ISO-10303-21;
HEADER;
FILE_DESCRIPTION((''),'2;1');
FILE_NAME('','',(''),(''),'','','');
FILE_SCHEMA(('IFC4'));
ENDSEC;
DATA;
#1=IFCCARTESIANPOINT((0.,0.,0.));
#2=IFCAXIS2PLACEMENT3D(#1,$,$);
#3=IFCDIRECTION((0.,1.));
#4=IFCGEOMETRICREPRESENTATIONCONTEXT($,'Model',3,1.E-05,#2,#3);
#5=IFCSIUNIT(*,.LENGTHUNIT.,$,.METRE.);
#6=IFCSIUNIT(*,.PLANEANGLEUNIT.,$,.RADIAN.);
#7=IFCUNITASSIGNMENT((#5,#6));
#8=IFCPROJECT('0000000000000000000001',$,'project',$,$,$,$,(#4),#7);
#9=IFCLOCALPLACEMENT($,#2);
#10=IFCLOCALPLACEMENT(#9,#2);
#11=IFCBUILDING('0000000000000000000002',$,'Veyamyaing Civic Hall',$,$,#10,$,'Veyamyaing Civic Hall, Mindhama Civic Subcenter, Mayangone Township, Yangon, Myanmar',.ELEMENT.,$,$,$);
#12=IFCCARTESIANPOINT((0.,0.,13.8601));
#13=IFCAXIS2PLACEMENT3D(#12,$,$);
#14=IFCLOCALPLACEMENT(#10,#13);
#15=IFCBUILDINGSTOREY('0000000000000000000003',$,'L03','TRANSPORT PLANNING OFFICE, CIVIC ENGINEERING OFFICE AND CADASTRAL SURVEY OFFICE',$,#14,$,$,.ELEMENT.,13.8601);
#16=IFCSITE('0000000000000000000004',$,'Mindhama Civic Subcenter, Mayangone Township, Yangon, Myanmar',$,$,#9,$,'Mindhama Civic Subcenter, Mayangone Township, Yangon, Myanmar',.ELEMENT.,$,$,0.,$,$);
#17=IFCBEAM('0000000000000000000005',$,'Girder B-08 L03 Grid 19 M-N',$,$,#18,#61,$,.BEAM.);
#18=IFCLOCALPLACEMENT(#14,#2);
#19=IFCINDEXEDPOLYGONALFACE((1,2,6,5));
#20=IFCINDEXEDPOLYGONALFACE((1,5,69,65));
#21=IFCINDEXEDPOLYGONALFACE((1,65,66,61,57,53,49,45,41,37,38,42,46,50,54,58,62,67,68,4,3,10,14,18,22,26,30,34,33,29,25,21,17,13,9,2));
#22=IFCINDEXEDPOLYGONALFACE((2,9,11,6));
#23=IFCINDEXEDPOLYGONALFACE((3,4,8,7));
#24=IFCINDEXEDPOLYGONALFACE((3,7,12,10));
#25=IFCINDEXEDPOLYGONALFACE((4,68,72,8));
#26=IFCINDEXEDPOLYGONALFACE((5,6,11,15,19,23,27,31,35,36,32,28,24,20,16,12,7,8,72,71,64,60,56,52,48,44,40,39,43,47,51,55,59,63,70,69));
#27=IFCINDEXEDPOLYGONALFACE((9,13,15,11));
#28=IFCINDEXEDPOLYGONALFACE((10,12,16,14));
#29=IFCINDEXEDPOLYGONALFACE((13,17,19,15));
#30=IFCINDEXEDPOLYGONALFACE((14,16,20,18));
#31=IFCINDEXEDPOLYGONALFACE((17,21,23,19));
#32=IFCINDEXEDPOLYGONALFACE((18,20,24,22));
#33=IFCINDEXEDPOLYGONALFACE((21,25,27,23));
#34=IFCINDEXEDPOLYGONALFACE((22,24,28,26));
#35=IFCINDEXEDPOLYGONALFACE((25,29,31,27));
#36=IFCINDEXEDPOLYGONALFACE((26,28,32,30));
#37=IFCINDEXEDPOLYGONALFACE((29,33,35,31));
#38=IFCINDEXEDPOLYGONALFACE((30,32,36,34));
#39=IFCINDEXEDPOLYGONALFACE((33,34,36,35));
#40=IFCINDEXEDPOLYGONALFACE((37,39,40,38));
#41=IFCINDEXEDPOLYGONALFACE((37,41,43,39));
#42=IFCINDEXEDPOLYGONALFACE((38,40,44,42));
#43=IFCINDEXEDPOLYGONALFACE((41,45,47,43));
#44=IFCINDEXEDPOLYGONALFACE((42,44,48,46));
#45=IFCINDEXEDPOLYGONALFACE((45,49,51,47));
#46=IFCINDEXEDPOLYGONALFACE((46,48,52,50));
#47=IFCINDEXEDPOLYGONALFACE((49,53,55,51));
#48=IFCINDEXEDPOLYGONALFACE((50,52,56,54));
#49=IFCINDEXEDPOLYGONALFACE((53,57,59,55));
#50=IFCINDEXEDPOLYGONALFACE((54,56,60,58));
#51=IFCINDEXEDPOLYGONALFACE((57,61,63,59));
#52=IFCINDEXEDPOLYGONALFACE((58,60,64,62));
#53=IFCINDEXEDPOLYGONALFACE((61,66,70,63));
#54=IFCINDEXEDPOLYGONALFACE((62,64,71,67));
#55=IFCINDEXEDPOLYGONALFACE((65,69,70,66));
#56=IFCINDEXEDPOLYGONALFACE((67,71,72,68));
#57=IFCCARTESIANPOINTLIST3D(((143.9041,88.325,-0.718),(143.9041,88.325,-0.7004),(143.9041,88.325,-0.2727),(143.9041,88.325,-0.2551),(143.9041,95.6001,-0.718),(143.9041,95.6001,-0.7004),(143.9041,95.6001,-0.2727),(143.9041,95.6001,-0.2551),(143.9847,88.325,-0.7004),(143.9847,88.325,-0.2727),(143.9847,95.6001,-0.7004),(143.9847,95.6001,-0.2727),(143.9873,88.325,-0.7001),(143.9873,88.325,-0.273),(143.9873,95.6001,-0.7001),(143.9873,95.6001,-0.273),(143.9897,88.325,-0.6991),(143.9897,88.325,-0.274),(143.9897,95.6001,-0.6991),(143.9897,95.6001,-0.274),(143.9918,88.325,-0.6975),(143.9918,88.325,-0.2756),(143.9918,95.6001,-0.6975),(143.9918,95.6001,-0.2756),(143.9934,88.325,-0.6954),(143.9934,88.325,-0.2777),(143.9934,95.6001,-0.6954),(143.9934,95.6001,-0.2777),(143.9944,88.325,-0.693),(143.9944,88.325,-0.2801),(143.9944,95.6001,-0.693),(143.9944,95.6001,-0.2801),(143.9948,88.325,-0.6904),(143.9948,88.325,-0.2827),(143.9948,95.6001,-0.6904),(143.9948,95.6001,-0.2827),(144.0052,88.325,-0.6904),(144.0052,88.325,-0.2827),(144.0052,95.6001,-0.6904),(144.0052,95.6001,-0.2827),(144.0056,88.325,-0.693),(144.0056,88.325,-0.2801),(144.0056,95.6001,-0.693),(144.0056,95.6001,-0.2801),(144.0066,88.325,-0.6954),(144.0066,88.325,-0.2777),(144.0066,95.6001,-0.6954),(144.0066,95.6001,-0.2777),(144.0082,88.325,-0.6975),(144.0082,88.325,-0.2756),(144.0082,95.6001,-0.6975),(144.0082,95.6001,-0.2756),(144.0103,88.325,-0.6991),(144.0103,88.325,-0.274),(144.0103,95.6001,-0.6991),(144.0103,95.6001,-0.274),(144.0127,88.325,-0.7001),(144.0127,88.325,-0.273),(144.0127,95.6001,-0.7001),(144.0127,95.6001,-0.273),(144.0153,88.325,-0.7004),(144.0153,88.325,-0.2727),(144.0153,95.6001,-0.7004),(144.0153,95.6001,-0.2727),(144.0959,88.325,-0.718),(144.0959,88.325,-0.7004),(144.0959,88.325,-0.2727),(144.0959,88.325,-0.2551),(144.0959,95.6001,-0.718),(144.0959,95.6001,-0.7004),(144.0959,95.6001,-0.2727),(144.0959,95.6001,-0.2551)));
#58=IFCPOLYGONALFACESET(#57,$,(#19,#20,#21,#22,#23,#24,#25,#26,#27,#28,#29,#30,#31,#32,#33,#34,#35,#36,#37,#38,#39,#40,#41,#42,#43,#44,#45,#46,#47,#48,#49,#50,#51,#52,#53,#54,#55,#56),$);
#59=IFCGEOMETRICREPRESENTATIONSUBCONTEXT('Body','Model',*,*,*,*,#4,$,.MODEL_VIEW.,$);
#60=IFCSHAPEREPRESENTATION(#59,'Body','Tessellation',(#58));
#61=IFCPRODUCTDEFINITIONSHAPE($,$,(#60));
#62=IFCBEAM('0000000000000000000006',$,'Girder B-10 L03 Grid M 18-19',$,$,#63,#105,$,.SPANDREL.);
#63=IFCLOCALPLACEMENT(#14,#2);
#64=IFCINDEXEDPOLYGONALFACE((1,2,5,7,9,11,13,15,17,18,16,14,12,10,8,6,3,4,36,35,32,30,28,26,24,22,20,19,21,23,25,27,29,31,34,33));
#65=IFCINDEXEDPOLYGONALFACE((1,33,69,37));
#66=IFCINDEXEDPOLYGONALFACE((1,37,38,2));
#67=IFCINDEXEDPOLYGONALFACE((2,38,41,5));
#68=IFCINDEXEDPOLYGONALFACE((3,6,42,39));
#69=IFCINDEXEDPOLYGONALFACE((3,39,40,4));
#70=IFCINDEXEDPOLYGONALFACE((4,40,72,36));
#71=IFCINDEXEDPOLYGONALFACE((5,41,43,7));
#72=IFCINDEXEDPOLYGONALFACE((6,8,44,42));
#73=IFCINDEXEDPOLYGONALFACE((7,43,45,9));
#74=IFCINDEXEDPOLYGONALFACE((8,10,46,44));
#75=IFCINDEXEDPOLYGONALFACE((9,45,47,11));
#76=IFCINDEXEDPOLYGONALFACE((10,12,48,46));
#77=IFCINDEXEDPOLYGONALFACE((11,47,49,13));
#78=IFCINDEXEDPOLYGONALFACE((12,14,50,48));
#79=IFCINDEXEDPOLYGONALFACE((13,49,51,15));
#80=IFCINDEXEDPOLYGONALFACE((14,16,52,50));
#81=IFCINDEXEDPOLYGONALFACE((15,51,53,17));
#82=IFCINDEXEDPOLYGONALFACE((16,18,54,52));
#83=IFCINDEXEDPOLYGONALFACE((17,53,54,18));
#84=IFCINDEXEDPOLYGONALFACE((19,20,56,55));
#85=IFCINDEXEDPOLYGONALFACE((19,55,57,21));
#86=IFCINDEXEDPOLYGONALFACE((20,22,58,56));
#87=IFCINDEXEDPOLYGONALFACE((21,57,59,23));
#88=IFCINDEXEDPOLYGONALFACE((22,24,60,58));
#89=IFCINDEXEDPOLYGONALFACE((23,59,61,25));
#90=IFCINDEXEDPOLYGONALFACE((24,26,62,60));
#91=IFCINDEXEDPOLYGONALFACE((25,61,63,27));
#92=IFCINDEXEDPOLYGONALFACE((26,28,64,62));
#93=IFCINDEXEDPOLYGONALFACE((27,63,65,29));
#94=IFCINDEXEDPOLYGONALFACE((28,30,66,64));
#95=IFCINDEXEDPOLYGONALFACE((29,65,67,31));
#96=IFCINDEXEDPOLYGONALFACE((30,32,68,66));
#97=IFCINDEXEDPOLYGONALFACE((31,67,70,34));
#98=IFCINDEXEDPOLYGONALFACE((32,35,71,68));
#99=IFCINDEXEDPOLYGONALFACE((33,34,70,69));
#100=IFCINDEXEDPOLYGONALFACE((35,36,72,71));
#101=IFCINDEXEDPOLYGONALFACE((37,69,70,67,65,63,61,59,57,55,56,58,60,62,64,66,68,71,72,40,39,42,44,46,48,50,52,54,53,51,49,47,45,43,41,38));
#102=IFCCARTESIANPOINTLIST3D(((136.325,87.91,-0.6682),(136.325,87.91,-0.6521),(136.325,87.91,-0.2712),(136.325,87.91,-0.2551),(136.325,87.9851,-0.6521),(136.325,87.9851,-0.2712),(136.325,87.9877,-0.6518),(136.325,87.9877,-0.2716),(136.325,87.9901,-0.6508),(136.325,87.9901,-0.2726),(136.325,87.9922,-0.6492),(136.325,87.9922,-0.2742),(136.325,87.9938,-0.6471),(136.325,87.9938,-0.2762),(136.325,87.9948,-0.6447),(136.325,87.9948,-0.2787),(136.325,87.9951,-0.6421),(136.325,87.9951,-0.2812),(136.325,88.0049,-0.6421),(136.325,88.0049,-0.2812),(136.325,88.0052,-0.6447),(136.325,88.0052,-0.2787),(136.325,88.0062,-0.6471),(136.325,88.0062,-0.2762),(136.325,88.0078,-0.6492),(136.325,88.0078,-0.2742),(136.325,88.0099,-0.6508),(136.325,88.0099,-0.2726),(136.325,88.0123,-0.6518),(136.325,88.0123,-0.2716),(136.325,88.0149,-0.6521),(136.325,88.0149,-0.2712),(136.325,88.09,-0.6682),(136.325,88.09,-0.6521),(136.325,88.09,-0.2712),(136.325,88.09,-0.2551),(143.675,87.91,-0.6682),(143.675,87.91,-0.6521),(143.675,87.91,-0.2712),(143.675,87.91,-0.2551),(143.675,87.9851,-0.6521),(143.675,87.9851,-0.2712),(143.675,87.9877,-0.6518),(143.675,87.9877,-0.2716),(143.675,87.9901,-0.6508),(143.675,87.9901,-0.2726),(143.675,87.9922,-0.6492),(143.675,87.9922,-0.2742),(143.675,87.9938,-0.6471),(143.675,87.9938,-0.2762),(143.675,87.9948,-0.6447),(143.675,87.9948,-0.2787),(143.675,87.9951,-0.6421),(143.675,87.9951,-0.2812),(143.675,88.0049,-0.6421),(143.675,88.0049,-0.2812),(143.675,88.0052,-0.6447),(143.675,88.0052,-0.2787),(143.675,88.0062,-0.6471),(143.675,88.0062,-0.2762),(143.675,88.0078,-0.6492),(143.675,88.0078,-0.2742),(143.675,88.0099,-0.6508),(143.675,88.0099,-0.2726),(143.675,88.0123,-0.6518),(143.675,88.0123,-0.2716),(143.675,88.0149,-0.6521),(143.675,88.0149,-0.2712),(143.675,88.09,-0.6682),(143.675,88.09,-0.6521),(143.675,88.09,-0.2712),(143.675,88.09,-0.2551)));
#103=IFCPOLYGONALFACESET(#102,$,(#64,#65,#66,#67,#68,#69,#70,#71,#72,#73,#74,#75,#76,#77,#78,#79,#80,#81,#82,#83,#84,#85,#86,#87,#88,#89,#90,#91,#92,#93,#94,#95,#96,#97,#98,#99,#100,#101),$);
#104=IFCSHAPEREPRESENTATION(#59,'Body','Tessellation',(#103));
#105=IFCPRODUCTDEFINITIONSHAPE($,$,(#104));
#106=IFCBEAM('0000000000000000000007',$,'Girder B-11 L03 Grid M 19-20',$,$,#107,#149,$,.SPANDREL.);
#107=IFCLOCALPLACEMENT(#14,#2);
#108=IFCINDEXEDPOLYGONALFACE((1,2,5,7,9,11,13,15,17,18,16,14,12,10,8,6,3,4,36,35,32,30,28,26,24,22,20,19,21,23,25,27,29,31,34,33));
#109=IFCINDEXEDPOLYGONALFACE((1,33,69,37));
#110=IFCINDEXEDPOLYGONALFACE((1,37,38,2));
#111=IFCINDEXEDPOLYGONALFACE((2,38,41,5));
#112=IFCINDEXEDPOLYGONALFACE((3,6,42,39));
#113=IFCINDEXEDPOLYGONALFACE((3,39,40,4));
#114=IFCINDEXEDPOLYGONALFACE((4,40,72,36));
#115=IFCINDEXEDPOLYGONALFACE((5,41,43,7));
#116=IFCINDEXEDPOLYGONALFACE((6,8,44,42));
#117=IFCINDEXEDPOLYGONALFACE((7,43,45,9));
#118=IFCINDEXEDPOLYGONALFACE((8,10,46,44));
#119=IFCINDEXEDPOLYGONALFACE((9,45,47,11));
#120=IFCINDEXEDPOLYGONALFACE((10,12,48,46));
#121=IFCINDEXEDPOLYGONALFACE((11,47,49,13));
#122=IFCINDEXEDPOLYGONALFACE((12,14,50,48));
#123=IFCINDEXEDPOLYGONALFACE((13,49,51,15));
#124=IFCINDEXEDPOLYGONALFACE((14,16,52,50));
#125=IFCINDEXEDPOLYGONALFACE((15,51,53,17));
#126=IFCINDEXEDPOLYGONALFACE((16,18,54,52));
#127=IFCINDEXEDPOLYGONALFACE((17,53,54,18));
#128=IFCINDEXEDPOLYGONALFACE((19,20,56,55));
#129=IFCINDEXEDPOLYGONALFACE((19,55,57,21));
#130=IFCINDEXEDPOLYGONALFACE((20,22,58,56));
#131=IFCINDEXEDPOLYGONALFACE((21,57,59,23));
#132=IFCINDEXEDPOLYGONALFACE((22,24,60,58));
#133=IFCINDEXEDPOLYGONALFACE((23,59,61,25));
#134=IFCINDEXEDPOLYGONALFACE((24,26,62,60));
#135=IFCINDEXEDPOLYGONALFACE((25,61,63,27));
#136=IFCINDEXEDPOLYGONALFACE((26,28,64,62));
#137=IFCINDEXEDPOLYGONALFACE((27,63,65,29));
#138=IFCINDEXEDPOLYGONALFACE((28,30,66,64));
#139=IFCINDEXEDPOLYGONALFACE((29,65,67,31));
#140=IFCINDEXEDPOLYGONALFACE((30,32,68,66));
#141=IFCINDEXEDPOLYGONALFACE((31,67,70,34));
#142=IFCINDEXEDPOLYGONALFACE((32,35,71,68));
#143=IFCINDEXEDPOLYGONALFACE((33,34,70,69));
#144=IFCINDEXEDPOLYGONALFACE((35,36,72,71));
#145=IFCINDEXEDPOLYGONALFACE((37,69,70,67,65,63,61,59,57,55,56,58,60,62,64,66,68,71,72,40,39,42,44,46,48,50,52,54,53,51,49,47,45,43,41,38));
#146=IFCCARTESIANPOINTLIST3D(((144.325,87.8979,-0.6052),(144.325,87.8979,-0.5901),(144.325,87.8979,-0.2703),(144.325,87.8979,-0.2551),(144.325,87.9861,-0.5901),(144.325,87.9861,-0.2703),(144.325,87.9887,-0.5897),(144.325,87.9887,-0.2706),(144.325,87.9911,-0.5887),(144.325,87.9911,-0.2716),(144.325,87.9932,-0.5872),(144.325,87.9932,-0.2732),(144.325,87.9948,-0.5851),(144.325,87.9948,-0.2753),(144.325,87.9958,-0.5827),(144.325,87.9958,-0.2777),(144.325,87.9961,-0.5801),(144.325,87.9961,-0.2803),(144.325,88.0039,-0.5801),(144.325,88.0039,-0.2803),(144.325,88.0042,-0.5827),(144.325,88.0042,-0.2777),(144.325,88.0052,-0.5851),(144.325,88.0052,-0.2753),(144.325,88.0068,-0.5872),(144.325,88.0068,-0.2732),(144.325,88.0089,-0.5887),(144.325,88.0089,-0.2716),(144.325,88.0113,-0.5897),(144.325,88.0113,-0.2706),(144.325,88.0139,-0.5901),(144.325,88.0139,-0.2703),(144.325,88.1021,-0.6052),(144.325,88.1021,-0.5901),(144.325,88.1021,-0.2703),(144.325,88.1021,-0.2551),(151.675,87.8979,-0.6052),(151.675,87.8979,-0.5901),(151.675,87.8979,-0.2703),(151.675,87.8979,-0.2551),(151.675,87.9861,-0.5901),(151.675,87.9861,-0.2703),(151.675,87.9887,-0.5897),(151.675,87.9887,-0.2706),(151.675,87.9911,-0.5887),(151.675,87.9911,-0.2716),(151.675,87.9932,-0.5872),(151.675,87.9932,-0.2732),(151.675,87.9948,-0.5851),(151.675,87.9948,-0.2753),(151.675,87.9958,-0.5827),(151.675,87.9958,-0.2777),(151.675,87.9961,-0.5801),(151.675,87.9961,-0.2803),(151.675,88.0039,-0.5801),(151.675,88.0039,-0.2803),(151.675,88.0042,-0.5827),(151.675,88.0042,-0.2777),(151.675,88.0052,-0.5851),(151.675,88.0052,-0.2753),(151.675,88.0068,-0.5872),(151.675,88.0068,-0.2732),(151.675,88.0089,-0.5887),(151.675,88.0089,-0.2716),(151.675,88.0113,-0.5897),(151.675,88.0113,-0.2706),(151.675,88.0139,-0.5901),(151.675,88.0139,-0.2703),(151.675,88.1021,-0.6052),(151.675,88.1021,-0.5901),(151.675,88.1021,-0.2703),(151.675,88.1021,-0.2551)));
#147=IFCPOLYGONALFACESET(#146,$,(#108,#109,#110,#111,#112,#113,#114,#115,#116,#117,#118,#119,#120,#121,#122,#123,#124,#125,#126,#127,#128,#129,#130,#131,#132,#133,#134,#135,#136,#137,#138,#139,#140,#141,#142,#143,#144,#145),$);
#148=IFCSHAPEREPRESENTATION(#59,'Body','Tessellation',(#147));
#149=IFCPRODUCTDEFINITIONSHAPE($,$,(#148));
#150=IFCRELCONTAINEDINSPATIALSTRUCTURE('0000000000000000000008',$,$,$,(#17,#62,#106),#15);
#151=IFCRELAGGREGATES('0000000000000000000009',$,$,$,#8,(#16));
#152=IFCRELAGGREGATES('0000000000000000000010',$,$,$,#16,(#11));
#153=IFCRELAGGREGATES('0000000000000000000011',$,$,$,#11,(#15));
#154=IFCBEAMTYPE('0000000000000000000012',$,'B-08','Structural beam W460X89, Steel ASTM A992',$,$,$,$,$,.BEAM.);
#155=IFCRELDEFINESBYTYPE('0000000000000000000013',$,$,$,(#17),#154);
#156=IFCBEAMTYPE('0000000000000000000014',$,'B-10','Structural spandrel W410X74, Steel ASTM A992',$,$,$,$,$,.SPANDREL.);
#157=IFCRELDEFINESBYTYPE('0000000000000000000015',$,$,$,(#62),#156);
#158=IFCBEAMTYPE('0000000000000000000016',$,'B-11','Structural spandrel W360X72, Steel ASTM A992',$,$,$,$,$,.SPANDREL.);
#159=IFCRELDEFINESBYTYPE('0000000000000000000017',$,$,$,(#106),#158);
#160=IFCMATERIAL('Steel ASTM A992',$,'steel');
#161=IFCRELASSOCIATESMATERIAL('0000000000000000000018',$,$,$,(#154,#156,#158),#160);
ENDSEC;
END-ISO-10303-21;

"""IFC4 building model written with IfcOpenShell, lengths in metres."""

from ifc_helpers import new_model, si_unit, direction, frame, origin, origin_2d, place, context, subcontext, project, spatial, i_section, extrude, material, material_profile, profile_set, type_object, element, save


model = new_model("IFC4")

# Units and contexts
model_context = context("Model", 3, precision=1e-05, world=origin(), true_north=direction((0.0, 1.0)))
body_context = subcontext(model_context, "Body", "Model", "MODEL_VIEW")
ifc_project = project(units=[si_unit("LENGTHUNIT", "METRE"), si_unit("PLANEANGLEUNIT", "RADIAN")], contexts=[model_context])

# Site, building, storey
site_placement = place(None, origin())
site = spatial("IfcSite", under=ifc_project, at=site_placement, Name="Mindhama Civic Subcenter, Mayangone Township, Yangon, Myanmar", LongName="Mindhama Civic Subcenter, Mayangone Township, Yangon, Myanmar", CompositionType="ELEMENT", RefElevation=0.0)
building_placement = place(site_placement, origin())
building = spatial("IfcBuilding", under=site, at=building_placement, Name="Veyamyaing Civic Hall", LongName="Veyamyaing Civic Hall, Mindhama Civic Subcenter, Mayangone Township, Yangon, Myanmar", CompositionType="ELEMENT")
storey_placement = place(building_placement, frame((0.0, 0.0, 13.8601)))
storey = spatial("IfcBuildingStorey", under=building, at=storey_placement, Name="L03", Description="TRANSPORT PLANNING OFFICE, CIVIC ENGINEERING OFFICE AND CADASTRAL SURVEY OFFICE", CompositionType="ELEMENT", Elevation=13.8601)

# Beams
ifc_material_1 = material(Name="Steel ASTM A992", Category="steel")
ifc_material_profile_1 = material_profile(ifc_material_1, i_section(OverallWidth=0.1919, OverallDepth=0.4629, WebThickness=0.0105, FlangeThickness=0.0176, FilletRadius=0.01, at=origin_2d()), Name="W460X89")
ifc_profile_set_1 = profile_set([ifc_material_profile_1], Name="Steel ASTM A992")
beam_type_1 = type_object("IfcBeamType", Name="B-08", Description="Structural beam W460X89, Steel ASTM A992", PredefinedType="BEAM", material=ifc_profile_set_1)
beam_1_placement = place(storey_placement, frame((144.0, 88.325, -0.4866), z_axis=(0.0, 1.0, 0.0), x_axis=(-1.0, 0.0, 0.0)))
element("IfcBeam", 1, at=beam_1_placement, inside=storey, type_object=beam_type_1, Name="Girder B-08 L03 Grid 19 M-N", PredefinedType="BEAM", context=body_context, shape_type="SweptSolid", body=[
    extrude(i_section(OverallWidth=0.1919, OverallDepth=0.4629, WebThickness=0.0105, FlangeThickness=0.0176, FilletRadius=0.01, at=origin_2d()), origin(), (0.0, 0.0, 1.0), 7.2751),
])
ifc_material_profile_2 = material_profile(ifc_material_1, i_section(OverallWidth=0.1799, OverallDepth=0.4131, WebThickness=0.0098, FlangeThickness=0.0161, FilletRadius=0.01, at=origin_2d()), Name="W410X74")
ifc_profile_set_2 = profile_set([ifc_material_profile_2], Name="Steel ASTM A992")
beam_type_2 = type_object("IfcBeamType", Name="B-10", Description="Structural spandrel W410X74, Steel ASTM A992", PredefinedType="SPANDREL", material=ifc_profile_set_2)
beam_2_placement = place(storey_placement, frame((136.325, 88.0, -0.4617), z_axis=(1.0, 0.0, 0.0), x_axis=(0.0, 1.0, 0.0)))
element("IfcBeam", 2, at=beam_2_placement, inside=storey, type_object=beam_type_2, Name="Girder B-10 L03 Grid M 18-19", PredefinedType="SPANDREL", context=body_context, shape_type="SweptSolid", body=[
    extrude(i_section(OverallWidth=0.1799, OverallDepth=0.4131, WebThickness=0.0098, FlangeThickness=0.0161, FilletRadius=0.01, at=origin_2d()), origin(), (0.0, 0.0, 1.0), 7.3501),
])
ifc_material_profile_3 = material_profile(ifc_material_1, i_section(OverallWidth=0.2041, OverallDepth=0.3501, WebThickness=0.0078, FlangeThickness=0.0151, FilletRadius=0.01, at=origin_2d()), Name="W360X72")
ifc_profile_set_3 = profile_set([ifc_material_profile_3], Name="Steel ASTM A992")
beam_type_3 = type_object("IfcBeamType", Name="B-11", Description="Structural spandrel W360X72, Steel ASTM A992", PredefinedType="SPANDREL", material=ifc_profile_set_3)
beam_3_placement = place(storey_placement, frame((144.325, 88.0, -0.4302), z_axis=(1.0, 0.0, 0.0), x_axis=(0.0, 1.0, 0.0)))
element("IfcBeam", 3, at=beam_3_placement, inside=storey, type_object=beam_type_3, Name="Girder B-11 L03 Grid M 19-20", PredefinedType="SPANDREL", context=body_context, shape_type="SweptSolid", body=[
    extrude(i_section(OverallWidth=0.2041, OverallDepth=0.3501, WebThickness=0.0078, FlangeThickness=0.0151, FilletRadius=0.01, at=origin_2d()), origin(), (0.0, 0.0, 1.0), 7.3501),
])

save(model, "model.ifc")
